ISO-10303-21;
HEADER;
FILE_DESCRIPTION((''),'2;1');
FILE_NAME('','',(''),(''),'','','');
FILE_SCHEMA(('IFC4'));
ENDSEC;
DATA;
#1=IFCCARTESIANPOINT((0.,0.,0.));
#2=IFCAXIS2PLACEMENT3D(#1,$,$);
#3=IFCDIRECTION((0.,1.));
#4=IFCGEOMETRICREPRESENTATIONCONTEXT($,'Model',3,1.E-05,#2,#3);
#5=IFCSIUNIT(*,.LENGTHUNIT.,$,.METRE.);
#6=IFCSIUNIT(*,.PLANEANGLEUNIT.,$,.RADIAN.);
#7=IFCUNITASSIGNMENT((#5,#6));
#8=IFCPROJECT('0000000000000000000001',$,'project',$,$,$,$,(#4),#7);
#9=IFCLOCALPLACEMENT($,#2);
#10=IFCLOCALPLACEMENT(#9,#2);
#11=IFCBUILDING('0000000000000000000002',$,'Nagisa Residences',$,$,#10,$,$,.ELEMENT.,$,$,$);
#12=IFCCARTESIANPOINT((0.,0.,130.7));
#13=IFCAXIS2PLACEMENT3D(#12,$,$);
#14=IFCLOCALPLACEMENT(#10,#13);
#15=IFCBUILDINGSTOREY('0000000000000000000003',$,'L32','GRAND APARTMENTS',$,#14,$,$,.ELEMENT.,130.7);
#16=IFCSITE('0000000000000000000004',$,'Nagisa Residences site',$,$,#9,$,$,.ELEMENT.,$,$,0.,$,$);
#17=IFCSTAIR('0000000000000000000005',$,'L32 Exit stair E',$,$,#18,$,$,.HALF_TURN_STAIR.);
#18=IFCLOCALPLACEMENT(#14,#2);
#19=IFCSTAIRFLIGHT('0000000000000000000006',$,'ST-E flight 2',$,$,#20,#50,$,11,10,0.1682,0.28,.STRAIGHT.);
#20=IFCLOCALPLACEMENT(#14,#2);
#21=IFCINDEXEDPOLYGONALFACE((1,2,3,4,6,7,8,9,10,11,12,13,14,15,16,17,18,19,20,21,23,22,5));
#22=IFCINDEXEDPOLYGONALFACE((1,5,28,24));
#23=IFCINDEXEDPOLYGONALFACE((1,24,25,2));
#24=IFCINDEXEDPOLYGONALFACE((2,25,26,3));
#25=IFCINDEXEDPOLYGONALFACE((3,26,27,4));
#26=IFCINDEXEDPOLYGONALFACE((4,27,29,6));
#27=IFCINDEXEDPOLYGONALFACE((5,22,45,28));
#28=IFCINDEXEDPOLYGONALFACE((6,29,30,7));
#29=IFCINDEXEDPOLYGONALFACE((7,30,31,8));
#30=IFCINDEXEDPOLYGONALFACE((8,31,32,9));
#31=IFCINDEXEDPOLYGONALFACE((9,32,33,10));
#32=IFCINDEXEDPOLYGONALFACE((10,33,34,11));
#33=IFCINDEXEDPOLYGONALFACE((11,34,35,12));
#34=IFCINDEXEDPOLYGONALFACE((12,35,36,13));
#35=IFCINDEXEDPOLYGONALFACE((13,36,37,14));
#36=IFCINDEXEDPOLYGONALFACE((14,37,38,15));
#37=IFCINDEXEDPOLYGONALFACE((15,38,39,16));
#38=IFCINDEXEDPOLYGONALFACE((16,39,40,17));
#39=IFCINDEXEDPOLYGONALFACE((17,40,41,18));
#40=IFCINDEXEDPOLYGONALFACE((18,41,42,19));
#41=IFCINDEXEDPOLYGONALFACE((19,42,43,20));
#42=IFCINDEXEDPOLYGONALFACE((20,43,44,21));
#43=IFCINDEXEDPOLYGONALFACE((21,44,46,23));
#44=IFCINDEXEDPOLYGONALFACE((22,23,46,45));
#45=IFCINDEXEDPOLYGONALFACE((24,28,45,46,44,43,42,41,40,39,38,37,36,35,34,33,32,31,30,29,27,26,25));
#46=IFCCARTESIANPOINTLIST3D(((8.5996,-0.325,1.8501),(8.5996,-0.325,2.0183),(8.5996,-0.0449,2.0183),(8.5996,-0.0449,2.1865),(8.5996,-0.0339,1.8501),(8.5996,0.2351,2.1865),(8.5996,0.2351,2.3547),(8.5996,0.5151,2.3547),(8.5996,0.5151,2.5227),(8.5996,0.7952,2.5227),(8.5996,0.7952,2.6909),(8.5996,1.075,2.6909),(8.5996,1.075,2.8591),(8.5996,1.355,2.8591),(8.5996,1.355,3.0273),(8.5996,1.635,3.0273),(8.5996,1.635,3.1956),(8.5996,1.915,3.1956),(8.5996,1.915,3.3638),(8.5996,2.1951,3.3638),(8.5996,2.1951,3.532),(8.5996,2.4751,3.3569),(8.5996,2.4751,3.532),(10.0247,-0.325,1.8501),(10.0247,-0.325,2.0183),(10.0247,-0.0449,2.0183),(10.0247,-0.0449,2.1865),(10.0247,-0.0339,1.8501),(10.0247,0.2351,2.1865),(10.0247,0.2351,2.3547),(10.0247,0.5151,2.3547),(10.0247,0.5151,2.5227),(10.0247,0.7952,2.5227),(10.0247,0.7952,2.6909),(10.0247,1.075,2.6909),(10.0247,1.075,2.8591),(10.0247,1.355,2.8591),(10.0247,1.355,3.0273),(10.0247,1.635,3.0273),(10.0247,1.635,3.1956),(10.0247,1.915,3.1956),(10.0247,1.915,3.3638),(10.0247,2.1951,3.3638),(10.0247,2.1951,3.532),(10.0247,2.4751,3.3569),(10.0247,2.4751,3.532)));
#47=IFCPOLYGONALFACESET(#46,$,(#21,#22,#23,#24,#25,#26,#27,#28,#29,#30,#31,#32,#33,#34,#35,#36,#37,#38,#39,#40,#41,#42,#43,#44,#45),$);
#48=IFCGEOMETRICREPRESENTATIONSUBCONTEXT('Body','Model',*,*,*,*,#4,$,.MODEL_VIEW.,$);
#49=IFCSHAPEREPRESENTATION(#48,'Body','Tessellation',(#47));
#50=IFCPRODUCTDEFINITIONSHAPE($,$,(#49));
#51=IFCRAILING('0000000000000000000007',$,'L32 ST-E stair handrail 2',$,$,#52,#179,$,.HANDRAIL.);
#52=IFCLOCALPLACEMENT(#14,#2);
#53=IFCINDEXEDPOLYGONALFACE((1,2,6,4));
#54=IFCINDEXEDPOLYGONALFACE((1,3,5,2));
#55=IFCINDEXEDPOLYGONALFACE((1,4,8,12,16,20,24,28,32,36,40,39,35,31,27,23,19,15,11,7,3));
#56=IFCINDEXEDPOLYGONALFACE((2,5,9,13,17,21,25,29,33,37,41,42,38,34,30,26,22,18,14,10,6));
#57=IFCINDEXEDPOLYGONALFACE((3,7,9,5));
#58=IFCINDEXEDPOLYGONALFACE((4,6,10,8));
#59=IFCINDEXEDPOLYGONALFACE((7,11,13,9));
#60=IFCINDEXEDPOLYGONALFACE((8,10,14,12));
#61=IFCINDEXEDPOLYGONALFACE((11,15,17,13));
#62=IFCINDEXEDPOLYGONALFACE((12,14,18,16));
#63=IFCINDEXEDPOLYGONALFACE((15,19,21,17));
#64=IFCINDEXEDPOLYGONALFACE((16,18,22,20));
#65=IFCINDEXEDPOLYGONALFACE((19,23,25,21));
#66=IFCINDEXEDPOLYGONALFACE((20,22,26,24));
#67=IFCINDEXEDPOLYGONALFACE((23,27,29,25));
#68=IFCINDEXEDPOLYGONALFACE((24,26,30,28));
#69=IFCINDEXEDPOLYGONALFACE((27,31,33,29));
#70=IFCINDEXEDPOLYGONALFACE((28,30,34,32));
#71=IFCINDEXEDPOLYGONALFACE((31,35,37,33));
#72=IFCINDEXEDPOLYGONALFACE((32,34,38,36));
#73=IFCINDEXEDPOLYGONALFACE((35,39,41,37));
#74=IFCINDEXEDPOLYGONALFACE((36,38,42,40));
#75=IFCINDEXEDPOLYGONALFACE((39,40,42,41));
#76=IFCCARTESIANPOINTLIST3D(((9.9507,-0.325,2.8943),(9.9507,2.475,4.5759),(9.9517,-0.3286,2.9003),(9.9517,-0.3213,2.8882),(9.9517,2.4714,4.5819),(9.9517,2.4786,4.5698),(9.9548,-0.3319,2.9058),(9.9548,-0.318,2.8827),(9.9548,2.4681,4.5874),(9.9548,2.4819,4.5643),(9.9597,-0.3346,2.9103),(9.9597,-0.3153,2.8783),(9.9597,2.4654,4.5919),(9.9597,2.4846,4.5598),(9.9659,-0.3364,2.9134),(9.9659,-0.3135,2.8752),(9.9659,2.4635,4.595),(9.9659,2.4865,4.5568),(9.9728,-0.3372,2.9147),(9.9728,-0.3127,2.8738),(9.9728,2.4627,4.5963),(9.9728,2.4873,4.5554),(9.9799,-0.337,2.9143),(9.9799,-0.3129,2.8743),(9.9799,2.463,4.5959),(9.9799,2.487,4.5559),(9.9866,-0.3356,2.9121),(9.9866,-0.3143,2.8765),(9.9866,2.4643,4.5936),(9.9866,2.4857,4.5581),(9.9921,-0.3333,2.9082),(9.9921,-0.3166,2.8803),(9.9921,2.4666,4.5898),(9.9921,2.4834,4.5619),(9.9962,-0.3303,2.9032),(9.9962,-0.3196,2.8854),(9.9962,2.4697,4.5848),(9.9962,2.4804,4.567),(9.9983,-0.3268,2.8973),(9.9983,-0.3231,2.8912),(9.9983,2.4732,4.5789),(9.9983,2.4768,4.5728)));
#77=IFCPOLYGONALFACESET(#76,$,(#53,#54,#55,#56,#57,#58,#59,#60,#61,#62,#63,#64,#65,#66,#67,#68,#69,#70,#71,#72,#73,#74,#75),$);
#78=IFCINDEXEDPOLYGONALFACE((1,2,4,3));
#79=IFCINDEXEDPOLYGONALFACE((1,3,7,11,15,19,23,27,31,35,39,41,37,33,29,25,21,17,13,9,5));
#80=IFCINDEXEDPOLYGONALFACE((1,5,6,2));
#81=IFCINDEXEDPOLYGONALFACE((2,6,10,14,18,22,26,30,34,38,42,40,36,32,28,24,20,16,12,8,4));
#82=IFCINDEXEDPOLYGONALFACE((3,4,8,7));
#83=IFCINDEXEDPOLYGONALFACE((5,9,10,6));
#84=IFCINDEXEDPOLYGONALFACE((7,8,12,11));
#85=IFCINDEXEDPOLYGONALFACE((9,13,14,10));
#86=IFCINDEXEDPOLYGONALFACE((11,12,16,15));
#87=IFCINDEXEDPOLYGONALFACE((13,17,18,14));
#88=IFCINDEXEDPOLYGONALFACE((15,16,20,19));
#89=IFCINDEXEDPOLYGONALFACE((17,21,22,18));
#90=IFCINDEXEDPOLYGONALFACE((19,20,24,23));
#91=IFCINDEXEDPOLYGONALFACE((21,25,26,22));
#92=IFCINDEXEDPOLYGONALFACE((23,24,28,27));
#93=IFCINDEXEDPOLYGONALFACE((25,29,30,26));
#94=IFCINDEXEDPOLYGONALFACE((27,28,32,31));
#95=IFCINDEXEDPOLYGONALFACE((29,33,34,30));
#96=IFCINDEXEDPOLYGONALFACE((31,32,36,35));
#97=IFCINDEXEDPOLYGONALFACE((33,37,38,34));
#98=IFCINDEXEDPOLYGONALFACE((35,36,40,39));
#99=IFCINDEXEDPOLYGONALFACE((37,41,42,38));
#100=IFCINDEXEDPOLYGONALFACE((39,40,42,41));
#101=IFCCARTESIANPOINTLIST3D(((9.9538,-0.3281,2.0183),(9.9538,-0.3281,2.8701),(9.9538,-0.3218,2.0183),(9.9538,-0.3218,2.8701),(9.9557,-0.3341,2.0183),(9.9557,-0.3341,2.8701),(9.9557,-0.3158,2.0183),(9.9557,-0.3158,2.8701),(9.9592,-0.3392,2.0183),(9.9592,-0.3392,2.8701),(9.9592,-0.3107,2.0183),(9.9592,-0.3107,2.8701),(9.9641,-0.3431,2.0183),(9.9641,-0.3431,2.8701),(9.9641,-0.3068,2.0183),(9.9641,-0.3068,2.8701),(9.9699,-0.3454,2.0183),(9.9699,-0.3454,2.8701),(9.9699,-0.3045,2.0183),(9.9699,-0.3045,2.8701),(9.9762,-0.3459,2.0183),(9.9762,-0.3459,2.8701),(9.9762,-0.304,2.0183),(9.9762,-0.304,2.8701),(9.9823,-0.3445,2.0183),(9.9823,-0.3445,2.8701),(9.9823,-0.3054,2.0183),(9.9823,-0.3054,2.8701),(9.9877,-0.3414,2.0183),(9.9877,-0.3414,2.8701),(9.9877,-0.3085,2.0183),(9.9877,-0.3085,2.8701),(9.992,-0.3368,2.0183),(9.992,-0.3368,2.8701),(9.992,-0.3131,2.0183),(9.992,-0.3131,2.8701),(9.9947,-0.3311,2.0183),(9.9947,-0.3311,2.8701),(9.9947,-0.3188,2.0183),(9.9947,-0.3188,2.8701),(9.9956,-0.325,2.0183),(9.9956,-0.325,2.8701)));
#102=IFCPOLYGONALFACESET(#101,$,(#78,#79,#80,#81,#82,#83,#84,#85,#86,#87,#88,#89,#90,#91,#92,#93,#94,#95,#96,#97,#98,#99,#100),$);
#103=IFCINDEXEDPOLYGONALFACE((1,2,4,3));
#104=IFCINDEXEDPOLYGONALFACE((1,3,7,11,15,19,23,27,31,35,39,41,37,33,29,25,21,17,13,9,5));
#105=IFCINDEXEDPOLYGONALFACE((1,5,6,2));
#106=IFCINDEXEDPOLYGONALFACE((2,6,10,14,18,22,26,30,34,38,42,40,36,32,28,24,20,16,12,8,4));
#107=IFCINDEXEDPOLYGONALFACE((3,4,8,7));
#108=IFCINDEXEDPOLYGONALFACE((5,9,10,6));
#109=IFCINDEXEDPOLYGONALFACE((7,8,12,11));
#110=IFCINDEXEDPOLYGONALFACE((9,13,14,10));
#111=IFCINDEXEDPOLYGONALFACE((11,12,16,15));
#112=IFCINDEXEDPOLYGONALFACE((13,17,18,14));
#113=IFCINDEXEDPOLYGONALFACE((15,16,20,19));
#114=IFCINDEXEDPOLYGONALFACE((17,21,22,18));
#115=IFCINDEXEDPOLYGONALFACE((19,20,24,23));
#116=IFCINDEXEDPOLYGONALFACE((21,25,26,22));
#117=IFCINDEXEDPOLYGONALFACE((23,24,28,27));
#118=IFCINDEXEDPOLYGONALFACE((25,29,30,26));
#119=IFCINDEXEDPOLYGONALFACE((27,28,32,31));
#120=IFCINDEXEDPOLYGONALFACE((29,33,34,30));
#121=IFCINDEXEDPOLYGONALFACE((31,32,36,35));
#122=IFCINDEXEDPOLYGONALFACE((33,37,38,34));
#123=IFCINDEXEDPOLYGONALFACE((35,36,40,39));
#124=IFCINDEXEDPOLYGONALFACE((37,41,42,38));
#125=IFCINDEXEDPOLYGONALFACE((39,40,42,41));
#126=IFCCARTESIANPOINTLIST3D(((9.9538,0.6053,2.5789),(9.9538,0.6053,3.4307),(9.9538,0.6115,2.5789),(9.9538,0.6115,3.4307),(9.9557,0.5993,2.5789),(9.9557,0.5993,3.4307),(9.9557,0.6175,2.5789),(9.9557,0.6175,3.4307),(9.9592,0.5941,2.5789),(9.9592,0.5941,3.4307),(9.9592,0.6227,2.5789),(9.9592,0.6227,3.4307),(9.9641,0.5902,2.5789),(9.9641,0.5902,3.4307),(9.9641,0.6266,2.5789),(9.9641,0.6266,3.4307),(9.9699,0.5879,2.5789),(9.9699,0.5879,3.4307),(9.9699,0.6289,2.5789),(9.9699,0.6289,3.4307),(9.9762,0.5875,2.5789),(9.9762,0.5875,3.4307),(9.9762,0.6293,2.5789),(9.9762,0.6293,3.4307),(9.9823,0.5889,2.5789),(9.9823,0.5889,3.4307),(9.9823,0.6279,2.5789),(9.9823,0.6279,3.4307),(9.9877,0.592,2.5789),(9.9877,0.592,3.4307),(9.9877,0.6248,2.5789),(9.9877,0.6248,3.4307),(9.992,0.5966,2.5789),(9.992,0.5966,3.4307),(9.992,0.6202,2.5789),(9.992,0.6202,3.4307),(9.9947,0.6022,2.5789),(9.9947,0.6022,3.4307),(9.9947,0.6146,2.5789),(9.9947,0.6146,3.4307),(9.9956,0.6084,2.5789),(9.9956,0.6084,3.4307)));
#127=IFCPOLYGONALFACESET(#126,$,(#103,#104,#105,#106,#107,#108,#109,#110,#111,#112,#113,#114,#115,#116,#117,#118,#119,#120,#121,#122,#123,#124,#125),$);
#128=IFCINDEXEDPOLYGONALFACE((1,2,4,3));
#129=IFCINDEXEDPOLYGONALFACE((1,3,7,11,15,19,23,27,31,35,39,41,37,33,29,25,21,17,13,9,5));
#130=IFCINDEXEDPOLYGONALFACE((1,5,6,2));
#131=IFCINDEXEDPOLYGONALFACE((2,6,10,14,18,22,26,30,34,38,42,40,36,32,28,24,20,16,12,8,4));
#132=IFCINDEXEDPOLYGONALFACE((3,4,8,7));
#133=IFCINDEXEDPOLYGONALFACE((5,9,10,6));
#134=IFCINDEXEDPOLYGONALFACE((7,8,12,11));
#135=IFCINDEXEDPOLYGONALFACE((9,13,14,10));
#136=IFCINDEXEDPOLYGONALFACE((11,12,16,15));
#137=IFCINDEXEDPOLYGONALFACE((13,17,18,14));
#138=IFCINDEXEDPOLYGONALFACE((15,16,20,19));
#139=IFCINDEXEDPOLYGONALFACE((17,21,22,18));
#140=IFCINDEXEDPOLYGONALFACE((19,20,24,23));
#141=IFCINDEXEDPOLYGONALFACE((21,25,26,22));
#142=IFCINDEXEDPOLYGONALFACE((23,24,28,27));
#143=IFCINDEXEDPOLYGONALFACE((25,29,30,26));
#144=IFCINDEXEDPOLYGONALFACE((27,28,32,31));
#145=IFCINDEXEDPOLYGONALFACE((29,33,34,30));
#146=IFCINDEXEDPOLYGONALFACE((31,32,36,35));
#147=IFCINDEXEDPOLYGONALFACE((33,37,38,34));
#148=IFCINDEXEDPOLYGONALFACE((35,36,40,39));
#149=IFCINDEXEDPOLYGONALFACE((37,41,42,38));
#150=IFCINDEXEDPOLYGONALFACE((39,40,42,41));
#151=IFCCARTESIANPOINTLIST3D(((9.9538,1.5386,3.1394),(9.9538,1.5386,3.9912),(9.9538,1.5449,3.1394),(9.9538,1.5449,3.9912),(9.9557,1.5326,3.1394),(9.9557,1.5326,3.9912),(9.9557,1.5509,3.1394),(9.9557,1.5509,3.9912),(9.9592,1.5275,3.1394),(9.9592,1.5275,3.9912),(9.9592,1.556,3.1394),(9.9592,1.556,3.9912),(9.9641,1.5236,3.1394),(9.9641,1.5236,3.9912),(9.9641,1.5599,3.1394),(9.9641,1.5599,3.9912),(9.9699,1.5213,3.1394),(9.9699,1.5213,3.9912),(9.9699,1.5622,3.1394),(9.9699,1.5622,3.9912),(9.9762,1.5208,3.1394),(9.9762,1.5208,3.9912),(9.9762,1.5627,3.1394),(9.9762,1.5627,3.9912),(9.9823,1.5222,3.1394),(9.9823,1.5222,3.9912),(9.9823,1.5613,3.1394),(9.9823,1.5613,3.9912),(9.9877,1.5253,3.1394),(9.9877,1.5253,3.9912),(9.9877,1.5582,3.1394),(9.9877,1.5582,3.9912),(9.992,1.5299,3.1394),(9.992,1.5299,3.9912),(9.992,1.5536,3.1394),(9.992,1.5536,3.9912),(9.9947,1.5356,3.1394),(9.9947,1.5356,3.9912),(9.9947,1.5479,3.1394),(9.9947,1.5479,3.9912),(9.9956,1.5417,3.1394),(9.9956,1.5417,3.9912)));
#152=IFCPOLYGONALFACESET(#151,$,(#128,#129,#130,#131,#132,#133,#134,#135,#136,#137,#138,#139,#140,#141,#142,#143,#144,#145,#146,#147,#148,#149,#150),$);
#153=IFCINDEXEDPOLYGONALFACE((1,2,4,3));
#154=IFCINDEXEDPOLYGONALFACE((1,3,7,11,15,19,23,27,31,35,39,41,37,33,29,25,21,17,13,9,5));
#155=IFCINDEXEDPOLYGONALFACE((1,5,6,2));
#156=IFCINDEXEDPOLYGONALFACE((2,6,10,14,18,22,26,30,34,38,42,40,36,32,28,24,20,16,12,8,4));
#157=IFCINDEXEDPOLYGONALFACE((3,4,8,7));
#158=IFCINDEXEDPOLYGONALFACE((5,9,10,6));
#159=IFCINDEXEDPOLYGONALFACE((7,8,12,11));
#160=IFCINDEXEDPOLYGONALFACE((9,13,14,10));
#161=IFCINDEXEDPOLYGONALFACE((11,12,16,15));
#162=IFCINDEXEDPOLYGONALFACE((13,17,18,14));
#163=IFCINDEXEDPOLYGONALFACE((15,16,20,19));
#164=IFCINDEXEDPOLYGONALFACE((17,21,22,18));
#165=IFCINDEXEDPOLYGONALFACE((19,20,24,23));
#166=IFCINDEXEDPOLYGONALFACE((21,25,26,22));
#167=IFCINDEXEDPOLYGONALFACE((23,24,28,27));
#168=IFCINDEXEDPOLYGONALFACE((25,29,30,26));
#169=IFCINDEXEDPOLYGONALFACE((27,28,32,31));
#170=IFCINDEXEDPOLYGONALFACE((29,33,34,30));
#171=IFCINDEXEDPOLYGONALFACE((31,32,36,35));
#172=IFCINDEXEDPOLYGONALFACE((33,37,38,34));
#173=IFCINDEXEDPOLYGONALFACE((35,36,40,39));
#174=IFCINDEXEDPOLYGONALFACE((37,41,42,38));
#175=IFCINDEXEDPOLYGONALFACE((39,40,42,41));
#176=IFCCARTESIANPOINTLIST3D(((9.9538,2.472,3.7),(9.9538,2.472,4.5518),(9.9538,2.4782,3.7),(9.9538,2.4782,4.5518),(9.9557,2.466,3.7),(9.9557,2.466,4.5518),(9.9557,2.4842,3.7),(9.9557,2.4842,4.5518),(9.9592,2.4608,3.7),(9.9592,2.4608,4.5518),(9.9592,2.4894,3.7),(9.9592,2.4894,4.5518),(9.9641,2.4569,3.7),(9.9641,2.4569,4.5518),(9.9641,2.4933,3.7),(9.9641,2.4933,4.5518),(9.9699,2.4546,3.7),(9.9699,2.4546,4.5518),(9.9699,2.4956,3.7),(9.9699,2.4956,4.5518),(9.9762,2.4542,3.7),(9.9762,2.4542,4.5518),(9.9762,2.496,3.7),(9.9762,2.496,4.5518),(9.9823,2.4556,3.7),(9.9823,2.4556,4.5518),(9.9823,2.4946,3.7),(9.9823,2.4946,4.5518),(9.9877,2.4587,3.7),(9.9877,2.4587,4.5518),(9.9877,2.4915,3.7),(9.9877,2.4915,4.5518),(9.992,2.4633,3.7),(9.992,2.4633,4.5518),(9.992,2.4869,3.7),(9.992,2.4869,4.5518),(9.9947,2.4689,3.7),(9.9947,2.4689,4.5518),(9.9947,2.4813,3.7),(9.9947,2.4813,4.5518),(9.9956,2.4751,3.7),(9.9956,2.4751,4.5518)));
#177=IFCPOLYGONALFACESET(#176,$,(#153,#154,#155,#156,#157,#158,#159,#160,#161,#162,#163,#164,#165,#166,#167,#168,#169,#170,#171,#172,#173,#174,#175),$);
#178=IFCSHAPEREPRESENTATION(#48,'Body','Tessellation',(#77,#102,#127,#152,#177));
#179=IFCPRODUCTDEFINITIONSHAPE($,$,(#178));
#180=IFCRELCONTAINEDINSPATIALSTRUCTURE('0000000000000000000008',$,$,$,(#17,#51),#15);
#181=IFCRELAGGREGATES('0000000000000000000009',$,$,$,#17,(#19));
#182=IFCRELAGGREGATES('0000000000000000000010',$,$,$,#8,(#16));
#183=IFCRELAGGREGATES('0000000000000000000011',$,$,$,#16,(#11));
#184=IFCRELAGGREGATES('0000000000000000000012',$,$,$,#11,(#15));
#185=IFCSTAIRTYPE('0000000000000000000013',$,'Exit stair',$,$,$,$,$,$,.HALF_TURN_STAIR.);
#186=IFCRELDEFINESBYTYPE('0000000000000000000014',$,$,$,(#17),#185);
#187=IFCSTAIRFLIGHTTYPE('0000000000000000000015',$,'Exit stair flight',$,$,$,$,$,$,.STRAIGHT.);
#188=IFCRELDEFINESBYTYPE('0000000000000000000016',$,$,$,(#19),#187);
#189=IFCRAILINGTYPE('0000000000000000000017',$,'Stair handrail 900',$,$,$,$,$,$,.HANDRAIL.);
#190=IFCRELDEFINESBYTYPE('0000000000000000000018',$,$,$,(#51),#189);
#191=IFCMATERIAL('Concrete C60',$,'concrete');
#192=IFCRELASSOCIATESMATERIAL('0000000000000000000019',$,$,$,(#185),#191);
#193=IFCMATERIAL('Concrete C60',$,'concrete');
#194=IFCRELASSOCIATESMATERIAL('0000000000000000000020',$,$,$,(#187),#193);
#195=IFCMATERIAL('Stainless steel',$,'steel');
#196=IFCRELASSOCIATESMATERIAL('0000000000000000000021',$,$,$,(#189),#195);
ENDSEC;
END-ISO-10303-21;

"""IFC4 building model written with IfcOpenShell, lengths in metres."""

from ifc_helpers import new_model, si_unit, direction, frame, origin, origin_2d, place, context, subcontext, project, spatial, polyline, circle, outline, extrude, material, type_object, element, aggregate, save


model = new_model("IFC4")

# Units and contexts
model_context = context("Model", 3, precision=1e-05, world=origin(), true_north=direction((0.0, 1.0)))
body_context = subcontext(model_context, "Body", "Model", "MODEL_VIEW")
ifc_project = project(units=[si_unit("LENGTHUNIT", "METRE"), si_unit("PLANEANGLEUNIT", "RADIAN")], contexts=[model_context])

# Site, building, storey
site_placement = place(None, origin())
site = spatial("IfcSite", under=ifc_project, at=site_placement, Name="Nagisa Residences site", CompositionType="ELEMENT", RefElevation=0.0)
building_placement = place(site_placement, origin())
building = spatial("IfcBuilding", under=site, at=building_placement, Name="Nagisa Residences", CompositionType="ELEMENT")
storey_placement = place(building_placement, frame((0.0, 0.0, 130.7)))
storey = spatial("IfcBuildingStorey", under=building, at=storey_placement, Name="L32", Description="GRAND APARTMENTS", CompositionType="ELEMENT", Elevation=130.7)

# Stair, stair flight
ifc_material_1 = material(Name="Concrete C60", Category="concrete")
stair_type = type_object("IfcStairType", Name="Exit stair", PredefinedType="HALF_TURN_STAIR", material=ifc_material_1)
stair_placement = place(storey_placement, origin())
stair = element("IfcStair", 1, at=stair_placement, inside=storey, type_object=stair_type, Name="L32 Exit stair E", PredefinedType="HALF_TURN_STAIR")
ifc_material_2 = material(Name="Concrete C60", Category="concrete")
stair_flight_type = type_object("IfcStairFlightType", Name="Exit stair flight", PredefinedType="STRAIGHT", material=ifc_material_2)
stair_flight_placement = place(storey_placement, frame((9.312, -0.325, 1.8501), z_axis=(0.0, 0.0, 1.0), x_axis=(0.0, 1.0, 0.0)))
stair_flight = element("IfcStairFlight", 2, at=stair_flight_placement, type_object=stair_flight_type, Name="ST-E flight 2", NumberOfRisers=11, NumberOfTreads=10, PredefinedType="STRAIGHT", RiserHeight=0.1682, TreadLength=0.28, context=body_context, shape_type="SweptSolid", body=[
    extrude(outline(polyline([(0.0, 0.0), (0.0, 0.1682), (0.28, 0.1682), (0.28, 0.3364), (0.5601, 0.3364), (0.5601, 0.5046), (0.8401, 0.5046), (0.8401, 0.6726), (1.1201, 0.6726), (1.1201, 0.8408), (1.3999, 0.8408), (1.3999, 1.009), (1.6799, 1.009), (1.6799, 1.1772), (1.96, 1.1772), (1.96, 1.3455), (2.24, 1.3455), (2.24, 1.5137), (2.52, 1.5137), (2.52, 1.6819), (2.8, 1.6819), (2.8, 1.8501), (2.8, 1.5068), (0.291, 0.0), (0.0, 0.0)])), frame((0.0, 0.7124, 0.0), z_axis=(0.0, -1.0, 0.0), x_axis=(1.0, 0.0, 0.0)), (0.0, 0.0, 1.0), 1.425),
])
aggregate(stair, [stair_flight])

# Railing
ifc_material_3 = material(Name="Stainless steel", Category="steel")
railing_type = type_object("IfcRailingType", Name="Stair handrail 900", PredefinedType="HANDRAIL", material=ifc_material_3)
railing_placement = place(storey_placement, frame((9.9746, -0.325, 2.0183)))
element("IfcRailing", 3, at=railing_placement, inside=storey, type_object=railing_type, Name="L32 ST-E stair handrail 2", PredefinedType="HANDRAIL", context=body_context, shape_type="SweptSolid", body=[
    extrude(circle(Radius=0.0239, at=origin_2d()), frame((0.0, 0.0, 0.876), z_axis=(0.0, 0.857275, 0.514858), x_axis=(-1.0, 0.0, 0.0)), (0.0, 0.0, 1.0), 3.2661),
    extrude(circle(Radius=0.021, at=origin_2d()), origin(), (0.0, 0.0, 1.0), 0.8518),
    extrude(circle(Radius=0.021, at=origin_2d()), frame((0.0, 0.9333, 0.5605)), (0.0, 0.0, 1.0), 0.8518),
    extrude(circle(Radius=0.021, at=origin_2d()), frame((0.0, 1.8667, 1.1211)), (0.0, 0.0, 1.0), 0.8518),
    extrude(circle(Radius=0.021, at=origin_2d()), frame((0.0, 2.8, 1.6816)), (0.0, 0.0, 1.0), 0.8518),
])

save(model, "model.ifc")
